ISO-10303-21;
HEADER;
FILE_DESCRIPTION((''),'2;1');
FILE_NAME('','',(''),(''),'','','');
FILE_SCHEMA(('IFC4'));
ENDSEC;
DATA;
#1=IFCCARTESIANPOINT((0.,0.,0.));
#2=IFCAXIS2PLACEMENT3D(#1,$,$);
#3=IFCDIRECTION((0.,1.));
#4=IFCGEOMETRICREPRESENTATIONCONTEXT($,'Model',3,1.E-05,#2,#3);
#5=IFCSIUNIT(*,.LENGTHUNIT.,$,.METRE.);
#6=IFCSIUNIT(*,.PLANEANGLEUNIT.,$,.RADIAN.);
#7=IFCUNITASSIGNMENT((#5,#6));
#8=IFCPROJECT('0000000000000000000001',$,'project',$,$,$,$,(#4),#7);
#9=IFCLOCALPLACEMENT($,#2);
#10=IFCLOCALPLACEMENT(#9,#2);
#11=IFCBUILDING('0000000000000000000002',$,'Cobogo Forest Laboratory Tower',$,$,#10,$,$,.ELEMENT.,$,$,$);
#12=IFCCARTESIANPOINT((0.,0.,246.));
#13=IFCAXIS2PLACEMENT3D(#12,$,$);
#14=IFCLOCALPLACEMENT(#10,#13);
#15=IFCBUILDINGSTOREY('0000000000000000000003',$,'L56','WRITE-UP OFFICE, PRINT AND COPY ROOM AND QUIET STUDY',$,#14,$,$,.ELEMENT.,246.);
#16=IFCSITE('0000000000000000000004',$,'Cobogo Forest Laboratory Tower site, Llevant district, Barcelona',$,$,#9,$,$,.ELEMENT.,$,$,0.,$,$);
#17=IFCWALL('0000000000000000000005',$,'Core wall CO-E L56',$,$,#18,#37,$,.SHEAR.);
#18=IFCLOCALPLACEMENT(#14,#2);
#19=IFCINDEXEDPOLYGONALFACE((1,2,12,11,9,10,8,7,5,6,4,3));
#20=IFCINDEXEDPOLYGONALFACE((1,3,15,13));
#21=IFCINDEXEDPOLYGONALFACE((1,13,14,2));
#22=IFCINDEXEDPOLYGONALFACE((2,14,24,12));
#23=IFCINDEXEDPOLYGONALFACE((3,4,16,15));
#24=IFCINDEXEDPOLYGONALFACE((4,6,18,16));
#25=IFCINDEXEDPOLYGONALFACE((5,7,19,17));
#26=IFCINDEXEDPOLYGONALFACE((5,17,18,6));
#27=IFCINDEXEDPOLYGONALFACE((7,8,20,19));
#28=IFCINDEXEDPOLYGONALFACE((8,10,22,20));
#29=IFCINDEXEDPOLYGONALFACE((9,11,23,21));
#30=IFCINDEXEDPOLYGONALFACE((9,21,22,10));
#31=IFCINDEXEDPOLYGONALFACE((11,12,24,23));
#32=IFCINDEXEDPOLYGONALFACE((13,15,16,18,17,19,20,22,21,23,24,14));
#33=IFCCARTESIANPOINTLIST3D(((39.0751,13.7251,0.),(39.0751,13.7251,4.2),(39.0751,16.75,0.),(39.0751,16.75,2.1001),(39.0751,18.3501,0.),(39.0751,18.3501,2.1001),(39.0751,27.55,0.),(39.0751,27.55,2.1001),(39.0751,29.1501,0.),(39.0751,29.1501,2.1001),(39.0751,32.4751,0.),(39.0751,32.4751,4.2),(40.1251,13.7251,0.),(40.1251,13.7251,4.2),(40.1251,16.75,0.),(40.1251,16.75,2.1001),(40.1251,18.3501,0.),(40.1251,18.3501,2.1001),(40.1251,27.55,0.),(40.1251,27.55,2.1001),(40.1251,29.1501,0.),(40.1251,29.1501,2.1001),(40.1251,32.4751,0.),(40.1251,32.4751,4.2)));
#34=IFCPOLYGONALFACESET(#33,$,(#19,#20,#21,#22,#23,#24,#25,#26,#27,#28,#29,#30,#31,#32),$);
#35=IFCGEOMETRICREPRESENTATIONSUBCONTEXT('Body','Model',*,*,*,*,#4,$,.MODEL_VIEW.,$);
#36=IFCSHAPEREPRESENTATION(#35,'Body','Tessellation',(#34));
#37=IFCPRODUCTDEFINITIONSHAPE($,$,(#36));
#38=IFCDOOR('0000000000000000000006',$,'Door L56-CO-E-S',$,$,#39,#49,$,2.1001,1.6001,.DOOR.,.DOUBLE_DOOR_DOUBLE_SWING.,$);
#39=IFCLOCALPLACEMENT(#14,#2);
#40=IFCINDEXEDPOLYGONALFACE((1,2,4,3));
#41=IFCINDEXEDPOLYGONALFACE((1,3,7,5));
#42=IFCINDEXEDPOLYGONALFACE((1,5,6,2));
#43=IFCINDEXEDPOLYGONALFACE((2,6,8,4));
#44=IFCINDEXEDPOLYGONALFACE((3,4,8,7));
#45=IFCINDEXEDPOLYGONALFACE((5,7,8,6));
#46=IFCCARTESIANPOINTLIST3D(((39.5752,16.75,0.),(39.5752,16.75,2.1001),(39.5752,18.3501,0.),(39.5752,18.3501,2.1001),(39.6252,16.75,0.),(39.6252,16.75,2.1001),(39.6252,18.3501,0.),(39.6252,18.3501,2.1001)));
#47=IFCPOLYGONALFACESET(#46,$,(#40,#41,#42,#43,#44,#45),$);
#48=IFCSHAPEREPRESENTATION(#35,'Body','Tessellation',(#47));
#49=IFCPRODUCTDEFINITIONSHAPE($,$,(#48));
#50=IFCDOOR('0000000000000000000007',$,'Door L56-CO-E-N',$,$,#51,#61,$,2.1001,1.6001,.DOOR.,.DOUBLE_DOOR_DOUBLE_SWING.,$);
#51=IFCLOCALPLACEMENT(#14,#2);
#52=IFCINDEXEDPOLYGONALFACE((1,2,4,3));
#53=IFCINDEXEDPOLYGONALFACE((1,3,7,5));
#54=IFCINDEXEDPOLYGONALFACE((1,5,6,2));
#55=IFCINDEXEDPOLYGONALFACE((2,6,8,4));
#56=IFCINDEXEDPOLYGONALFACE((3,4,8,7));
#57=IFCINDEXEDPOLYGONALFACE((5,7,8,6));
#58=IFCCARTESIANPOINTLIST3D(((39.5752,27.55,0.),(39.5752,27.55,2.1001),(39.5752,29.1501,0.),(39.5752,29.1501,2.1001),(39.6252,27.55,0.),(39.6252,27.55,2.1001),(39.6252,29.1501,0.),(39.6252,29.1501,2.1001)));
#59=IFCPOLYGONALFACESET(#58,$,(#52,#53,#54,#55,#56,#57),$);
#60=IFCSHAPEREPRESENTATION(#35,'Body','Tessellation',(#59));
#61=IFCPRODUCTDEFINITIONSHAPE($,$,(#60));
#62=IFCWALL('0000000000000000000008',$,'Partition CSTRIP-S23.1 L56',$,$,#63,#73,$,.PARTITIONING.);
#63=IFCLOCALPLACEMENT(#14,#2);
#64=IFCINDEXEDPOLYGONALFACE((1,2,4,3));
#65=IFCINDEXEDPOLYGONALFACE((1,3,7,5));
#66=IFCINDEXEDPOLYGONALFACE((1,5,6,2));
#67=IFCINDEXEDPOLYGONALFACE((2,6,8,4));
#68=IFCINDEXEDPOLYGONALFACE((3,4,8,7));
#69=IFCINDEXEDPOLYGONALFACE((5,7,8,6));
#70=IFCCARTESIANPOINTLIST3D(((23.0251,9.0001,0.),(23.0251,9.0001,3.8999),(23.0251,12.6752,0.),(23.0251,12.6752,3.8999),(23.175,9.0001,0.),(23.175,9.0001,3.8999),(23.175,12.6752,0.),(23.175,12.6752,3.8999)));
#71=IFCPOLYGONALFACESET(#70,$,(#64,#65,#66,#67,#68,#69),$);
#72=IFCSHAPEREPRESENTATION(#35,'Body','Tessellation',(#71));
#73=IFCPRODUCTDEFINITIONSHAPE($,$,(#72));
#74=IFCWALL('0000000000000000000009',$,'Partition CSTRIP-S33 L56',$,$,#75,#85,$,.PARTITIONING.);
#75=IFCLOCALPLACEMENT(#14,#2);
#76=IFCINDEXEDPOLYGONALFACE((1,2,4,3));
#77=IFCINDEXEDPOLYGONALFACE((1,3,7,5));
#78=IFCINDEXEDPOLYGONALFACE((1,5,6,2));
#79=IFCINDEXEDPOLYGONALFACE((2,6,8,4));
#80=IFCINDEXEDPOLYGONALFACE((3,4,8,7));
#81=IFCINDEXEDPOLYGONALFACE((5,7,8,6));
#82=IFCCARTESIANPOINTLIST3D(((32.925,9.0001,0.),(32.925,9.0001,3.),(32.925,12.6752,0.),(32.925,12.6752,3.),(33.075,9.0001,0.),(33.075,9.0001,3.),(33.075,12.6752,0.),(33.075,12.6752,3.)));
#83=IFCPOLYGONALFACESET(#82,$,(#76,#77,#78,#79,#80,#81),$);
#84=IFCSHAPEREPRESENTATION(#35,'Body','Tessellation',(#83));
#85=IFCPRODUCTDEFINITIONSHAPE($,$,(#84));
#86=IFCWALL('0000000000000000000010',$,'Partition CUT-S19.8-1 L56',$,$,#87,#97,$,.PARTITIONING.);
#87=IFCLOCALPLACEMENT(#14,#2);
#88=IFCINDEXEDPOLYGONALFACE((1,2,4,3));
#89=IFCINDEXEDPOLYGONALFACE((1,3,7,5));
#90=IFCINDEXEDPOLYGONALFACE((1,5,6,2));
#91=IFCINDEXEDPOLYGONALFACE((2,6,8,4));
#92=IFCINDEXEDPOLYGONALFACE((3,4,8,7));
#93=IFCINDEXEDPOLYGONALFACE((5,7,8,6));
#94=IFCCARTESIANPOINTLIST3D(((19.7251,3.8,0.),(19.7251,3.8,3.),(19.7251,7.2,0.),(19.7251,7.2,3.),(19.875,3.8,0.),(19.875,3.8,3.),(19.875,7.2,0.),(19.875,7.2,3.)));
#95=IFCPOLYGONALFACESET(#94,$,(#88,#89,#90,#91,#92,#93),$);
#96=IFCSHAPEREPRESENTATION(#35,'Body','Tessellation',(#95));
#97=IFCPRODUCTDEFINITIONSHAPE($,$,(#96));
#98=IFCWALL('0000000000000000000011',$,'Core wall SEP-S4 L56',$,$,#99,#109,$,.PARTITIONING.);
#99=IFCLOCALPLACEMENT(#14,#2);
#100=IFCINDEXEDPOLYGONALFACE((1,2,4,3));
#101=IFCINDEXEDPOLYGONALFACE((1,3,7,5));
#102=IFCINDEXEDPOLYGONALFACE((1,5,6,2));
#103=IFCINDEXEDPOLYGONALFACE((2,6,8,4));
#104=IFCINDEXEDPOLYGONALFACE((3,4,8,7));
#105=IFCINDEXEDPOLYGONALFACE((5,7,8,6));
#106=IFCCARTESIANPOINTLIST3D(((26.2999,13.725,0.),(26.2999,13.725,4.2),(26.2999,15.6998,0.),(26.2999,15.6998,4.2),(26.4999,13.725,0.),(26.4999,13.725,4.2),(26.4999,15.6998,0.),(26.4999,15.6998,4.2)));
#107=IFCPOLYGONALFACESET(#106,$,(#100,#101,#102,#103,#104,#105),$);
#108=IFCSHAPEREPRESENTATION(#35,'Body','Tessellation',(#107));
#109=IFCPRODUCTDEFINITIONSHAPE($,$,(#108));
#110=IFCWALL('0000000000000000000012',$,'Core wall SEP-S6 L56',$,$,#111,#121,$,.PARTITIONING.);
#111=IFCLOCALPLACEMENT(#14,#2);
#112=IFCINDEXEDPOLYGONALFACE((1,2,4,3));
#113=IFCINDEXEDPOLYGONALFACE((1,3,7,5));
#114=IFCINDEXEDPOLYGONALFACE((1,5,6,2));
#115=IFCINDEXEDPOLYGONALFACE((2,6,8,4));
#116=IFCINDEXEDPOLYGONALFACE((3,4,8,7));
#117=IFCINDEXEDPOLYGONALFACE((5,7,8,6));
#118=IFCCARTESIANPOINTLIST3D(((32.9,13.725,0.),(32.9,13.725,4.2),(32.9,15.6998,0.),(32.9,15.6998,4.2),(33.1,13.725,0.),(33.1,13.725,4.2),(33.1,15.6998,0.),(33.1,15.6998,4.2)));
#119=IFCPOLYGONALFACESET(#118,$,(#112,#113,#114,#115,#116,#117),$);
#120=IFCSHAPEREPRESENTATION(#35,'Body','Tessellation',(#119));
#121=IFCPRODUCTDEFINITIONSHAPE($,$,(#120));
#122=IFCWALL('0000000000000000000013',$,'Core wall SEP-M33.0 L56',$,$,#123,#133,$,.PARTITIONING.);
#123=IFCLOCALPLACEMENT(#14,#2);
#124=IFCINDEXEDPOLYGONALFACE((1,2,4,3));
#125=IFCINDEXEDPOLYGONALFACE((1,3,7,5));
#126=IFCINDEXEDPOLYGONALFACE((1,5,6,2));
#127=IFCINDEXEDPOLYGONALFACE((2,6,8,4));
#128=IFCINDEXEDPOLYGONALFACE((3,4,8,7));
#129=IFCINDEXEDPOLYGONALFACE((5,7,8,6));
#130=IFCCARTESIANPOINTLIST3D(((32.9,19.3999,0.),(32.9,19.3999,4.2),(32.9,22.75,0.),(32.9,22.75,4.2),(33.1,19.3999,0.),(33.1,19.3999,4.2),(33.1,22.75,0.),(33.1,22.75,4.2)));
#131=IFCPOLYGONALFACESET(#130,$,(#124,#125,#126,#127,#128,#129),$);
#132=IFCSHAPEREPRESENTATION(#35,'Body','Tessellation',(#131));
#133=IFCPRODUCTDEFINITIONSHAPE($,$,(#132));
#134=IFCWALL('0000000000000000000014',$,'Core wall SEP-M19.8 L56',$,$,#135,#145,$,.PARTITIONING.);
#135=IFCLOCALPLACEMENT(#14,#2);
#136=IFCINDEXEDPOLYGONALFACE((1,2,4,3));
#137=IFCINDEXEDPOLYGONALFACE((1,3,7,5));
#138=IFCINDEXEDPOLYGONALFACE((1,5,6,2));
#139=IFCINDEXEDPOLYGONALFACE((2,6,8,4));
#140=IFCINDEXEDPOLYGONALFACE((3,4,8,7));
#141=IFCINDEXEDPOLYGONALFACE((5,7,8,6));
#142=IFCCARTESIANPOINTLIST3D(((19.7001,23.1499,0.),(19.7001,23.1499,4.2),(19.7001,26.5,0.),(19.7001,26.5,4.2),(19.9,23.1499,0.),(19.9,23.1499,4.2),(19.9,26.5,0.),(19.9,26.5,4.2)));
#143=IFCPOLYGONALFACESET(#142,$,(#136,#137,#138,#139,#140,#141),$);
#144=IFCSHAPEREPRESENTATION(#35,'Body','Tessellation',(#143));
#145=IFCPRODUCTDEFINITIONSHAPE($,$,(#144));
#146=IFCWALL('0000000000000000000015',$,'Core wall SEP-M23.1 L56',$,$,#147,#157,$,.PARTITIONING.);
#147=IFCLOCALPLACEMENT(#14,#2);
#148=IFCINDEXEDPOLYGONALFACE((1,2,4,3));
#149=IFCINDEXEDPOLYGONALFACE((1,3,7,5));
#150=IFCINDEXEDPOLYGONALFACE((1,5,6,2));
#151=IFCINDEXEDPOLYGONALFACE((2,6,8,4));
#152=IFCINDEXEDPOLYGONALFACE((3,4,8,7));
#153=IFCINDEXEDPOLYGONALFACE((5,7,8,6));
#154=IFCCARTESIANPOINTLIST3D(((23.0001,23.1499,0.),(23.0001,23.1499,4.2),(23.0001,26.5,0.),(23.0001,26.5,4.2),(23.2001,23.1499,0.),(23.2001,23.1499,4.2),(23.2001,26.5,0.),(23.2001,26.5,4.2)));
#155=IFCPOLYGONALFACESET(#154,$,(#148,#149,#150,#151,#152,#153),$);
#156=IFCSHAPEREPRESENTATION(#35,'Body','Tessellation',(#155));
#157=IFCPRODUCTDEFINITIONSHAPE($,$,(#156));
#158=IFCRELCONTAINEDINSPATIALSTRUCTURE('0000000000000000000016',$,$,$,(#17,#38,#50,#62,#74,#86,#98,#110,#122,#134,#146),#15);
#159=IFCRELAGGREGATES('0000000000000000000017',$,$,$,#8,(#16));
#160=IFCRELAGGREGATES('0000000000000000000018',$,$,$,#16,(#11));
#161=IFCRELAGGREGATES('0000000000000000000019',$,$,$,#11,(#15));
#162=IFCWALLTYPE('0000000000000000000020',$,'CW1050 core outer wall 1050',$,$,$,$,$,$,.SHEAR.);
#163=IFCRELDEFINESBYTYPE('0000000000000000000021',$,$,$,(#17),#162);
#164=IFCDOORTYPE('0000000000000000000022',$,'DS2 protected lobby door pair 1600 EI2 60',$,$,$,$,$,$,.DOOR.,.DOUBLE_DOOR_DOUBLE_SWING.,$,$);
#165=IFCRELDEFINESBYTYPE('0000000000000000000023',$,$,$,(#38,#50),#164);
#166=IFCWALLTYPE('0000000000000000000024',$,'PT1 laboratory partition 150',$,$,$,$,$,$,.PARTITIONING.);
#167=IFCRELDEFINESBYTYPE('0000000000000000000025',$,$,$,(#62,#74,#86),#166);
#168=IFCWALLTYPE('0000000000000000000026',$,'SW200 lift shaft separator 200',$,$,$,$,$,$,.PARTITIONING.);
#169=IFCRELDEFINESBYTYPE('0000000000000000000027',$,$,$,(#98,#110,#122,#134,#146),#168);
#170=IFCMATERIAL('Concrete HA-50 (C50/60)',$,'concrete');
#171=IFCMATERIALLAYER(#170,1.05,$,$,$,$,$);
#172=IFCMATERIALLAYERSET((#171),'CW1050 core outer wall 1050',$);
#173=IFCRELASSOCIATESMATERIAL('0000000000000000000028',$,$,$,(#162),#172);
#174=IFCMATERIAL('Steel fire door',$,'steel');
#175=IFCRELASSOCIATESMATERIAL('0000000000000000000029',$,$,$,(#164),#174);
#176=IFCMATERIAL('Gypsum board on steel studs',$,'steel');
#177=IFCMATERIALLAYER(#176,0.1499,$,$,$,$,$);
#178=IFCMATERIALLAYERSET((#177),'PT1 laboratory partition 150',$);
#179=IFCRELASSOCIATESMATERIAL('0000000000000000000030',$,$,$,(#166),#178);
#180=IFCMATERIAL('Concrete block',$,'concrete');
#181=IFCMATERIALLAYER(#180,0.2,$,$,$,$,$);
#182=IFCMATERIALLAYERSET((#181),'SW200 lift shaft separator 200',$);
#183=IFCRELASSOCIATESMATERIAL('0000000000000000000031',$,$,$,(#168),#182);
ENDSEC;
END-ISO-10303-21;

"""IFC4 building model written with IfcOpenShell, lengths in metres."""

from ifc_helpers import new_model, si_unit, direction, frame, frame_2d, origin, place, context, subcontext, project, spatial, rectangle, extrude, material, layer, layer_set, type_object, element, fill, save


model = new_model("IFC4")

# Units and contexts
model_context = context("Model", 3, precision=1e-05, world=origin(), true_north=direction((0.0, 1.0)))
body_context = subcontext(model_context, "Body", "Model", "MODEL_VIEW")
ifc_project = project(units=[si_unit("LENGTHUNIT", "METRE"), si_unit("PLANEANGLEUNIT", "RADIAN")], contexts=[model_context])

# Site, building, storey
site_placement = place(None, origin())
site = spatial("IfcSite", under=ifc_project, at=site_placement, Name="Cobogo Forest Laboratory Tower site, Llevant district, Barcelona", CompositionType="ELEMENT", RefElevation=0.0)
building_placement = place(site_placement, origin())
building = spatial("IfcBuilding", under=site, at=building_placement, Name="Cobogo Forest Laboratory Tower", CompositionType="ELEMENT")
storey_placement = place(building_placement, frame((0.0, 0.0, 246.0)))
storey = spatial("IfcBuildingStorey", under=building, at=storey_placement, Name="L56", Description="WRITE-UP OFFICE, PRINT AND COPY ROOM AND QUIET STUDY", CompositionType="ELEMENT", Elevation=246.0)

# Shared definitions
ifc_material_1 = material(Name="Concrete HA-50 (C50/60)", Category="concrete")

# Wall, openings, doors
ifc_layer_1 = layer(ifc_material_1, 1.05)
ifc_layer_set_1 = layer_set([ifc_layer_1], Name="CW1050 core outer wall 1050")
wall_type_1 = type_object("IfcWallType", Name="CW1050 core outer wall 1050", PredefinedType="SHEAR", material=ifc_layer_set_1)
wall_1_placement = place(storey_placement, frame((39.6001, 13.7251, 0.0), z_axis=(0.0, 0.0, 1.0), x_axis=(0.0, 1.0, 0.0)))
wall_1 = element("IfcWall", 1, at=wall_1_placement, inside=storey, type_object=wall_type_1, Name="Core wall CO-E L56", PredefinedType="SHEAR", context=body_context, shape_type="SweptSolid", body=[
    extrude(rectangle(XDim=18.75, YDim=1.05, at=frame_2d((9.375, 0.0))), origin(), (0.0, 0.0, 1.0), 4.2),
])
opening_1_placement = place(wall_1_placement, frame((3.0249, 0.0, 0.0)))
opening_1 = element("IfcOpeningElement", 2, at=opening_1_placement, cuts=wall_1, PredefinedType="OPENING", context=body_context, shape_type="SweptSolid", body=[
    extrude(rectangle(XDim=1.6001, YDim=2.1001, at=frame_2d((0.8, 1.05))), frame((0.0, 0.5349, 0.0), z_axis=(0.0, -1.0, 0.0), x_axis=(1.0, 0.0, 0.0)), (0.0, 0.0, 1.0), 1.0701),
])
opening_2_placement = place(wall_1_placement, frame((13.825, 0.0, 0.0)))
opening_2 = element("IfcOpeningElement", 3, at=opening_2_placement, cuts=wall_1, PredefinedType="OPENING", context=body_context, shape_type="SweptSolid", body=[
    extrude(rectangle(XDim=1.6001, YDim=2.1001, at=frame_2d((0.8, 1.05))), frame((0.0, 0.5349, 0.0), z_axis=(0.0, -1.0, 0.0), x_axis=(1.0, 0.0, 0.0)), (0.0, 0.0, 1.0), 1.0701),
])
ifc_material_2 = material(Name="Steel fire door", Category="steel")
door_type = type_object("IfcDoorType", Name="DS2 protected lobby door pair 1600 EI2 60", OperationType="DOUBLE_DOOR_DOUBLE_SWING", PredefinedType="DOOR", material=ifc_material_2)
door_1_placement = place(opening_1_placement, origin())
door_1 = element("IfcDoor", 4, at=door_1_placement, inside=storey, type_object=door_type, Name="Door L56-CO-E-S", OperationType="DOUBLE_DOOR_DOUBLE_SWING", OverallHeight=2.1001, OverallWidth=1.6001, PredefinedType="DOOR", context=body_context, shape_type="SweptSolid", body=[
    extrude(rectangle(XDim=1.6001, YDim=2.1001, at=frame_2d((0.8, 1.05))), frame((0.0, 0.0249, 0.0), z_axis=(0.0, -1.0, 0.0), x_axis=(1.0, 0.0, 0.0)), (0.0, 0.0, 1.0), 0.05),
])
fill(opening_1, door_1)
door_2_placement = place(opening_2_placement, origin())
door_2 = element("IfcDoor", 5, at=door_2_placement, inside=storey, type_object=door_type, Name="Door L56-CO-E-N", OperationType="DOUBLE_DOOR_DOUBLE_SWING", OverallHeight=2.1001, OverallWidth=1.6001, PredefinedType="DOOR", context=body_context, shape_type="SweptSolid", body=[
    extrude(rectangle(XDim=1.6001, YDim=2.1001, at=frame_2d((0.8, 1.05))), frame((0.0, 0.0249, 0.0), z_axis=(0.0, -1.0, 0.0), x_axis=(1.0, 0.0, 0.0)), (0.0, 0.0, 1.0), 0.05),
])
fill(opening_2, door_2)

# Walls
ifc_material_3 = material(Name="Gypsum board on steel studs", Category="steel")
ifc_layer_2 = layer(ifc_material_3, 0.1499)
ifc_layer_set_2 = layer_set([ifc_layer_2], Name="PT1 laboratory partition 150")
wall_type_2 = type_object("IfcWallType", Name="PT1 laboratory partition 150", PredefinedType="PARTITIONING", material=ifc_layer_set_2)
wall_2_placement = place(storey_placement, frame((23.1001, 12.675, 0.0), z_axis=(0.0, 0.0, 1.0), x_axis=(0.0, -1.0, 0.0)))
element("IfcWall", 6, at=wall_2_placement, inside=storey, type_object=wall_type_2, Name="Partition CSTRIP-S23.1 L56", PredefinedType="PARTITIONING", context=body_context, shape_type="SweptSolid", body=[
    extrude(rectangle(XDim=3.675, YDim=0.1499, at=frame_2d((1.8374, 0.0))), origin(), (0.0, 0.0, 1.0), 3.8999),
])
wall_3_placement = place(storey_placement, frame((33.0, 12.675, 0.0), z_axis=(0.0, 0.0, 1.0), x_axis=(0.0, -1.0, 0.0)))
element("IfcWall", 7, at=wall_3_placement, inside=storey, type_object=wall_type_2, Name="Partition CSTRIP-S33 L56", PredefinedType="PARTITIONING", context=body_context, shape_type="SweptSolid", body=[
    extrude(rectangle(XDim=3.675, YDim=0.1499, at=frame_2d((1.8374, 0.0))), origin(), (0.0, 0.0, 1.0), 3.0),
])
wall_4_placement = place(storey_placement, frame((19.8, 3.8, 0.0), z_axis=(0.0, 0.0, 1.0), x_axis=(0.0, 1.0, 0.0)))
element("IfcWall", 8, at=wall_4_placement, inside=storey, type_object=wall_type_2, Name="Partition CUT-S19.8-1 L56", PredefinedType="PARTITIONING", context=body_context, shape_type="SweptSolid", body=[
    extrude(rectangle(XDim=3.3999, YDim=0.1499, at=frame_2d((1.7, 0.0))), origin(), (0.0, 0.0, 1.0), 3.0),
])
ifc_material_4 = material(Name="Concrete block", Category="concrete")
ifc_layer_3 = layer(ifc_material_4, 0.2)
ifc_layer_set_3 = layer_set([ifc_layer_3], Name="SW200 lift shaft separator 200")
wall_type_3 = type_object("IfcWallType", Name="SW200 lift shaft separator 200", PredefinedType="PARTITIONING", material=ifc_layer_set_3)
for number, where, z_axis, x_axis, name in (
    (9, (26.3999, 13.7251, 0.0), (0.0, 0.0, 1.0), (0.0, 1.0, 0.0), "Core wall SEP-S4 L56"),
    (10, (33.0, 13.7251, 0.0), (0.0, 0.0, 1.0), (0.0, 1.0, 0.0), "Core wall SEP-S6 L56"),
):
    element("IfcWall", number, at=place(storey_placement, frame(where, z_axis=z_axis, x_axis=x_axis)), inside=storey, type_object=wall_type_3, Name=name, PredefinedType="PARTITIONING", context=body_context, shape_type="SweptSolid", body=[
        extrude(rectangle(XDim=1.9749, YDim=0.2, at=frame_2d((0.9873, 0.0))), origin(), (0.0, 0.0, 1.0), 4.2),
    ])
for number, where, z_axis, x_axis, name in (
    (11, (33.0, 19.3999, 0.0), (0.0, 0.0, 1.0), (0.0, 1.0, 0.0), "Core wall SEP-M33.0 L56"),
    (12, (19.8, 23.1499, 0.0), (0.0, 0.0, 1.0), (0.0, 1.0, 0.0), "Core wall SEP-M19.8 L56"),
    (13, (23.1001, 23.1499, 0.0), (0.0, 0.0, 1.0), (0.0, 1.0, 0.0), "Core wall SEP-M23.1 L56"),
):
    element("IfcWall", number, at=place(storey_placement, frame(where, z_axis=z_axis, x_axis=x_axis)), inside=storey, type_object=wall_type_3, Name=name, PredefinedType="PARTITIONING", context=body_context, shape_type="SweptSolid", body=[
        extrude(rectangle(XDim=3.3501, YDim=0.2, at=frame_2d((1.675, 0.0))), origin(), (0.0, 0.0, 1.0), 4.2),
    ])

save(model, "model.ifc")
